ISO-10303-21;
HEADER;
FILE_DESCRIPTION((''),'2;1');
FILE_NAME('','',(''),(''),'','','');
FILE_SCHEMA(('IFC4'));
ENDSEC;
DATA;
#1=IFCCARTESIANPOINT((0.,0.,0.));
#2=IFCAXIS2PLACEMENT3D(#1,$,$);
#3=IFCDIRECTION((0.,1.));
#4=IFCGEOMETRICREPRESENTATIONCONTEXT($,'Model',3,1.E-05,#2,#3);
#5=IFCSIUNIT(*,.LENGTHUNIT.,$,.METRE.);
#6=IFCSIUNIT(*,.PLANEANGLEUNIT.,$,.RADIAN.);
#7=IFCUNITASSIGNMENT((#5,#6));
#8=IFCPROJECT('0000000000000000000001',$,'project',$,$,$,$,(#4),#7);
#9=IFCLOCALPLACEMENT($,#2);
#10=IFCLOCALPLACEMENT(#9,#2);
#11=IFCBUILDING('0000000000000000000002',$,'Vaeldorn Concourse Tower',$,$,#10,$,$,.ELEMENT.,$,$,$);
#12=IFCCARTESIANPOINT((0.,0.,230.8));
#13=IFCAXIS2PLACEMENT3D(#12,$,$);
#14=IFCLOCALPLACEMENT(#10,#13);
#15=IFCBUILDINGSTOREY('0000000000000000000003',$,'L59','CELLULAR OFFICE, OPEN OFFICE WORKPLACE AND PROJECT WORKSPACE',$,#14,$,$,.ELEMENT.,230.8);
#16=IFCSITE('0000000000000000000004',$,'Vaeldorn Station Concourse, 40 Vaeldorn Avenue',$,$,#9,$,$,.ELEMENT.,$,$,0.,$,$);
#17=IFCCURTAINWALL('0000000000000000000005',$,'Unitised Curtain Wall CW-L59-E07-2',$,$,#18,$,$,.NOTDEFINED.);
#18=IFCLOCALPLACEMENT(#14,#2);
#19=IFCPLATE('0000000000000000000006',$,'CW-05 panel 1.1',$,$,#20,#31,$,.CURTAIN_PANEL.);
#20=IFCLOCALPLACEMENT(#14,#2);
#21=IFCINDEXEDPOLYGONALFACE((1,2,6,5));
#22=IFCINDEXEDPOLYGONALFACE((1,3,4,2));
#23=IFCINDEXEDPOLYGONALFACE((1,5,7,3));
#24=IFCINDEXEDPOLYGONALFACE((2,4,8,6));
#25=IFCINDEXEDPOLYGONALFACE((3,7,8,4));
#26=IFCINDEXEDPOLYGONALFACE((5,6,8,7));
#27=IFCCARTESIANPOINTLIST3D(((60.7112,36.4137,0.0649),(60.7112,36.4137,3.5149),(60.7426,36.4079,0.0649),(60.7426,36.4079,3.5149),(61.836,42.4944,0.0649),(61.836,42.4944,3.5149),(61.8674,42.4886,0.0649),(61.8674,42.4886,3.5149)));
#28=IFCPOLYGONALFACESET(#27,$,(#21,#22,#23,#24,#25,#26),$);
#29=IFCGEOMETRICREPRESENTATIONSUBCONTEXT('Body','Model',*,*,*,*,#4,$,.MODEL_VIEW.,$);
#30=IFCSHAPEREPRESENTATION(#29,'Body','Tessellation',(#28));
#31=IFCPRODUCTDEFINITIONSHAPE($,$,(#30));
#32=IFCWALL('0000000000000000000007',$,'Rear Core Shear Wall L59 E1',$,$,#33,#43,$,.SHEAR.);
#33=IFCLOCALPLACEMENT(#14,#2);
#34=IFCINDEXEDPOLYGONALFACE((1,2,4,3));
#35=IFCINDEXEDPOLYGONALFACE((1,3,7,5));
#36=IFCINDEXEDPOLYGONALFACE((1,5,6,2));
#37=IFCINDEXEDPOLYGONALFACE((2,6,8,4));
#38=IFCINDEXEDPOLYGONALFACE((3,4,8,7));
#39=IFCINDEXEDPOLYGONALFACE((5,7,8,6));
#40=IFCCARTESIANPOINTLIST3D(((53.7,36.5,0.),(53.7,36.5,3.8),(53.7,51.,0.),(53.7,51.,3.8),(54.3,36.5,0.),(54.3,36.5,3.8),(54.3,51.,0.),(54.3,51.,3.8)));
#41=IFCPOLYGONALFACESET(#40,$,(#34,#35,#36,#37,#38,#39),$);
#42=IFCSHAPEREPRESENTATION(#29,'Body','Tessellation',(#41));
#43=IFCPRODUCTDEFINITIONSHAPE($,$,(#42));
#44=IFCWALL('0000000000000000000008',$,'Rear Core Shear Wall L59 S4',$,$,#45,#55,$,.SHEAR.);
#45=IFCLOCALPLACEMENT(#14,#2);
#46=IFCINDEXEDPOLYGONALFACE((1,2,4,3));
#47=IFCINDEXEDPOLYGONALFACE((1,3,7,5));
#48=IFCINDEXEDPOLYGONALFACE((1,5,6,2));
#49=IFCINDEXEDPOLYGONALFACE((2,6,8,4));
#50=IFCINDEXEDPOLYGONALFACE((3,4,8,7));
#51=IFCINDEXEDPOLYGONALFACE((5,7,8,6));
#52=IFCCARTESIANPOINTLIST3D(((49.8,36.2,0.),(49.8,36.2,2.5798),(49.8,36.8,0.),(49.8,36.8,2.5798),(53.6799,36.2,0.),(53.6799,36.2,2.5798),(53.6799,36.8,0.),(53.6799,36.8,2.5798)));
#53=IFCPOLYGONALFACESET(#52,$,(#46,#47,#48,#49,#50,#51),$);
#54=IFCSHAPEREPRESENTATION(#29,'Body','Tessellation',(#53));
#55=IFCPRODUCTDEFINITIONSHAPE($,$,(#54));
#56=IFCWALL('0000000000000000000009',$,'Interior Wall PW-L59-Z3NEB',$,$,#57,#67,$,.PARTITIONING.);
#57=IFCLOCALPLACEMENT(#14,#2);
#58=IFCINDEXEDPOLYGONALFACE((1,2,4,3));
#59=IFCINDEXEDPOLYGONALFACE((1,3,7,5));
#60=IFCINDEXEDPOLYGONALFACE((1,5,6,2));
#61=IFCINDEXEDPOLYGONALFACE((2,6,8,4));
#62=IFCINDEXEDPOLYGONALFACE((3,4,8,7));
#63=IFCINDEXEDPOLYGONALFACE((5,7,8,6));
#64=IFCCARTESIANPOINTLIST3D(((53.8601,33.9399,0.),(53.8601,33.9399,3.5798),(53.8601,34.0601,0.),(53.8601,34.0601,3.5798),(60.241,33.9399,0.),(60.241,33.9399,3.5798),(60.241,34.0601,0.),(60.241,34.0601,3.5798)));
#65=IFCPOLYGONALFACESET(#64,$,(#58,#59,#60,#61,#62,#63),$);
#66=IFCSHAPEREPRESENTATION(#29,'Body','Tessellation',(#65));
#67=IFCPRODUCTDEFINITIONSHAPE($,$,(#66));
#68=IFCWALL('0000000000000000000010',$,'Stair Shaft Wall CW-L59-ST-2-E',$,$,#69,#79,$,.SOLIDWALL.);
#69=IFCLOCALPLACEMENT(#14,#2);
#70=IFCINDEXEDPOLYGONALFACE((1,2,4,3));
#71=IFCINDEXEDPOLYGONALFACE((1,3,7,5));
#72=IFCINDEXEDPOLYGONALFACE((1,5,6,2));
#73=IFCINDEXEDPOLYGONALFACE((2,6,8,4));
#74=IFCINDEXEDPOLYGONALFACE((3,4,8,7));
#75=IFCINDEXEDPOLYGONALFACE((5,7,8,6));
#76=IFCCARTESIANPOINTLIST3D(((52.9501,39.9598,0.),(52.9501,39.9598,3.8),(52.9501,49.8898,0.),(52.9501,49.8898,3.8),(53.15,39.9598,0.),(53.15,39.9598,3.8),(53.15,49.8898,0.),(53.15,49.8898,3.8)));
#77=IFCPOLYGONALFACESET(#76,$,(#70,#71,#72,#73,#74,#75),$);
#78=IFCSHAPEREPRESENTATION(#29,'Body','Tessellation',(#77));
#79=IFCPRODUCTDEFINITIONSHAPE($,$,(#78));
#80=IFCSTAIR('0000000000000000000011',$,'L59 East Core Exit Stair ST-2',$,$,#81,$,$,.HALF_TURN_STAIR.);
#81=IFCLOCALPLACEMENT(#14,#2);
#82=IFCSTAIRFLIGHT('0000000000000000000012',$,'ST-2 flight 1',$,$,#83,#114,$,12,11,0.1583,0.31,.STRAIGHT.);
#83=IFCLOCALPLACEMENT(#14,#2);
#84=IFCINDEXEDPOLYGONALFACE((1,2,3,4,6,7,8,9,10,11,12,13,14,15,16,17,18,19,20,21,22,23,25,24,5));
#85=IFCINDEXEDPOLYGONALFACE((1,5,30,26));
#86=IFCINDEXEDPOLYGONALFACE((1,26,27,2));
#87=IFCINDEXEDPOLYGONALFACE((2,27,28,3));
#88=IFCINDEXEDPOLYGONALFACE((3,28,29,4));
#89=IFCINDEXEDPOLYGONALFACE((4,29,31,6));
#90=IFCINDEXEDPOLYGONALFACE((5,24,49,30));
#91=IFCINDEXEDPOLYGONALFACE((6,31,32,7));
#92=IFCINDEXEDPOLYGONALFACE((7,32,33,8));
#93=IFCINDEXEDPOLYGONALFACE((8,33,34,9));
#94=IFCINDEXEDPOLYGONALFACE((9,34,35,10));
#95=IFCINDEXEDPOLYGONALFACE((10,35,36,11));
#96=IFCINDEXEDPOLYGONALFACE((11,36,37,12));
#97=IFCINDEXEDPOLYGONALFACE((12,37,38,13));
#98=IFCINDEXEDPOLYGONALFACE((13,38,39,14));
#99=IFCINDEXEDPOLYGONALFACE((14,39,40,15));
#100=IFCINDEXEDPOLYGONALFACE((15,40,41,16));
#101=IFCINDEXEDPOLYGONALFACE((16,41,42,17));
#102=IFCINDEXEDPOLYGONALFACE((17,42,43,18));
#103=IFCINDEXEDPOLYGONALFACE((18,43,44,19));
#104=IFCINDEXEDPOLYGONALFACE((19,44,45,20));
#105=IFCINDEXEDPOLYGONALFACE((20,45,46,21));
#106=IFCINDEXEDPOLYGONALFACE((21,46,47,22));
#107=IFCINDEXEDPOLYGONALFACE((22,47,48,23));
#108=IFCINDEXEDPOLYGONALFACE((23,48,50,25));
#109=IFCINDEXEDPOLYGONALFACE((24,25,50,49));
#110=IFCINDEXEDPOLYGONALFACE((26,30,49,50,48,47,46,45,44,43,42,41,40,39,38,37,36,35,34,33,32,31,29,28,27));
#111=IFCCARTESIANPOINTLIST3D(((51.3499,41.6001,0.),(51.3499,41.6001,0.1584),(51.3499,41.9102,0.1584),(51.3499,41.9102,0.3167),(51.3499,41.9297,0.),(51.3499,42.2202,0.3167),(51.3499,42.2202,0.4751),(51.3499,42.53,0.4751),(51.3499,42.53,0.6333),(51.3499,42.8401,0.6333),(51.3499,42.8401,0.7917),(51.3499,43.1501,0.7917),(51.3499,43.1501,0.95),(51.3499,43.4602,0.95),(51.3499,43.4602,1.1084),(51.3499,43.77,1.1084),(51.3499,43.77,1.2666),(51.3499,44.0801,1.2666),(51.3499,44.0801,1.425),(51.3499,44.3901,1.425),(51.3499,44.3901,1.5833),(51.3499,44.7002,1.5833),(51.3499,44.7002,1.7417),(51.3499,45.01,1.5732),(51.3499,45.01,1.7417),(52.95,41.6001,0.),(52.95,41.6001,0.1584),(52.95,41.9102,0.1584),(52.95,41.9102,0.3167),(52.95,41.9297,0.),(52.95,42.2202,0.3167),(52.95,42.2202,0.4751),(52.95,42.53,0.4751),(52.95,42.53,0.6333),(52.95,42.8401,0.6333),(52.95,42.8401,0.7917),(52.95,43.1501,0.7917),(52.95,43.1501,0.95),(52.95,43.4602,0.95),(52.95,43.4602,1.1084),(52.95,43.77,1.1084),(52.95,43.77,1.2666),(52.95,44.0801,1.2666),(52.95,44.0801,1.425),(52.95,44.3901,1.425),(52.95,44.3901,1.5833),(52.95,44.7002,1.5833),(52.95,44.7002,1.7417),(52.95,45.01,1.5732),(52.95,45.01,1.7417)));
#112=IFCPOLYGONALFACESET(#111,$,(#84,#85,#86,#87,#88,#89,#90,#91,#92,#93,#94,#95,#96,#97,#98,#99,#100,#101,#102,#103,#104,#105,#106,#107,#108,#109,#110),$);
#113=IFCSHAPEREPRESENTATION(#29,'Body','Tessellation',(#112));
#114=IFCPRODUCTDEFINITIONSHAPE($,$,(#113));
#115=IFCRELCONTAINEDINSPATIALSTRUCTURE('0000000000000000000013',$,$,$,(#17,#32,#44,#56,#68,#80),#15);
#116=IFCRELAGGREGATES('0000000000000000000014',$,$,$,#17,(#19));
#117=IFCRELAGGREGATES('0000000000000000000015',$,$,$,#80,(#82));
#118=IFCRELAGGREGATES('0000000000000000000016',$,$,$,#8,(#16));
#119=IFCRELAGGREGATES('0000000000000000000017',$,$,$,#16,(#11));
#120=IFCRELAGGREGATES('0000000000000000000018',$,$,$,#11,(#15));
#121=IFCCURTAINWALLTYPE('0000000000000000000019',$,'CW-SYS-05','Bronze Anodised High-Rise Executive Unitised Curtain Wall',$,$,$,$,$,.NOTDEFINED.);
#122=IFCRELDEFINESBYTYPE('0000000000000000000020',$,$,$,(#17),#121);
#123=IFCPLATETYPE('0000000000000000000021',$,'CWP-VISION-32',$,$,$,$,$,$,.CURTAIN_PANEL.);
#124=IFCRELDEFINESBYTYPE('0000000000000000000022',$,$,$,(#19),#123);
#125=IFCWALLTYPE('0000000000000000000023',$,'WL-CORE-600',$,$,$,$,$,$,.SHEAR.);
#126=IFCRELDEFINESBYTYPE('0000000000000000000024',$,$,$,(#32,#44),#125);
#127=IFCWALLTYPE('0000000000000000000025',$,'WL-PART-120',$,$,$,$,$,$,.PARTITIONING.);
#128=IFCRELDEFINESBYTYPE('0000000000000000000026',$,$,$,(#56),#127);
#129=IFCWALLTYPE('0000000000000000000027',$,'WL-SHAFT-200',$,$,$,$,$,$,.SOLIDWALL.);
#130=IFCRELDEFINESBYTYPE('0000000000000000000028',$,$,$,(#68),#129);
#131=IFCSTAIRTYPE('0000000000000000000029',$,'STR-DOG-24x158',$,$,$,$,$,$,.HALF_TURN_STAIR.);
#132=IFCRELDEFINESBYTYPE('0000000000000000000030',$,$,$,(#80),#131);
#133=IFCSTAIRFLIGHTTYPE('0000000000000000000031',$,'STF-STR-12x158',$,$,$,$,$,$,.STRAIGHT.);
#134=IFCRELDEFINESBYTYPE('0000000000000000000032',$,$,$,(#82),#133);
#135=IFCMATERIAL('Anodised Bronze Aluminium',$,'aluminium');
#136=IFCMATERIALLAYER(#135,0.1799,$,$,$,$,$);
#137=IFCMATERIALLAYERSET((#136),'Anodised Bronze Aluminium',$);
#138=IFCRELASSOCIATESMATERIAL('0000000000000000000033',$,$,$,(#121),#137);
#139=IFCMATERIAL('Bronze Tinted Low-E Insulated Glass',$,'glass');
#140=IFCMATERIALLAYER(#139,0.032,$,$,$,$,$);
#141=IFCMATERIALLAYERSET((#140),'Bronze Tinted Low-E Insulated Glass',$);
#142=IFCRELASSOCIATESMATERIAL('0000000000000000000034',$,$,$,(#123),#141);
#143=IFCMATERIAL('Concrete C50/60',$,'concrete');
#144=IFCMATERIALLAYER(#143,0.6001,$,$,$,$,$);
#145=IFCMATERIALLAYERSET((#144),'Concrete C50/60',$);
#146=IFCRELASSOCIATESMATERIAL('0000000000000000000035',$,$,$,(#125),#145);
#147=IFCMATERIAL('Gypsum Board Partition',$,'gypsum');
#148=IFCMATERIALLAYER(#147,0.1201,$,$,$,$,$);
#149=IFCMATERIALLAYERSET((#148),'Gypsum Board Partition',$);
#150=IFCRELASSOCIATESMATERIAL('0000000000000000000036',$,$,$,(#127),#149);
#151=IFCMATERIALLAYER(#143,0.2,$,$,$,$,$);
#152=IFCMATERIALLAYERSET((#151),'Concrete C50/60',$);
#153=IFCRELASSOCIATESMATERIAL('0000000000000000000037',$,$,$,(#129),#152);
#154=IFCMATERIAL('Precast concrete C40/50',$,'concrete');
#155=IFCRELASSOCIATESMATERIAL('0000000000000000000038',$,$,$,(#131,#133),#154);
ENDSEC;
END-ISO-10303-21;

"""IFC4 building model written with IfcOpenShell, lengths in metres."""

from ifc_helpers import new_model, si_unit, direction, frame, frame_2d, origin, origin_2d, place, context, subcontext, project, spatial, polyline, rectangle, outline, extrude, source, transform, mapped, material, layer, layer_set, type_object, element, aggregate, save


model = new_model("IFC4")

# Units and contexts
model_context = context("Model", 3, precision=1e-05, world=origin(), true_north=direction((0.0, 1.0)))
body_context = subcontext(model_context, "Body", "Model", "MODEL_VIEW")
ifc_project = project(units=[si_unit("LENGTHUNIT", "METRE"), si_unit("PLANEANGLEUNIT", "RADIAN")], contexts=[model_context])

# Site, building, storey
site_placement = place(None, origin())
site = spatial("IfcSite", under=ifc_project, at=site_placement, Name="Vaeldorn Station Concourse, 40 Vaeldorn Avenue", CompositionType="ELEMENT", RefElevation=0.0)
building_placement = place(site_placement, origin())
building = spatial("IfcBuilding", under=site, at=building_placement, Name="Vaeldorn Concourse Tower", CompositionType="ELEMENT")
storey_placement = place(building_placement, frame((0.0, 0.0, 230.8)))
storey = spatial("IfcBuildingStorey", under=building, at=storey_placement, Name="L59", Description="CELLULAR OFFICE, OPEN OFFICE WORKPLACE AND PROJECT WORKSPACE", CompositionType="ELEMENT", Elevation=230.8)

# Shared definitions
ifc_material_1 = material(Name="Concrete C50/60", Category="concrete")

# Shared definitions
ifc_material_2 = material(Name="Anodised Bronze Aluminium", Category="aluminium")
ifc_layer_1 = layer(ifc_material_2, 0.1799)
ifc_layer_set_1 = layer_set([ifc_layer_1], Name="Anodised Bronze Aluminium")
curtain_wall_type = type_object("IfcCurtainWallType", Name="CW-SYS-05", Description="Bronze Anodised High-Rise Executive Unitised Curtain Wall", PredefinedType="NOTDEFINED", material=ifc_layer_set_1)

# Curtain wall, plate
curtain_wall_1_placement = place(storey_placement, origin())
curtain_wall_1 = element("IfcCurtainWall", 1, at=curtain_wall_1_placement, inside=storey, type_object=curtain_wall_type, Name="Unitised Curtain Wall CW-L59-E07-2", PredefinedType="NOTDEFINED")
ifc_material_3 = material(Name="Bronze Tinted Low-E Insulated Glass", Category="glass")
ifc_layer_2 = layer(ifc_material_3, 0.032)
ifc_layer_set_2 = layer_set([ifc_layer_2], Name="Bronze Tinted Low-E Insulated Glass")
plate_type = type_object("IfcPlateType", Name="CWP-VISION-32", PredefinedType="CURTAIN_PANEL", material=ifc_layer_set_2)
shared_shape_1 = source(origin(), body_context, "Body", "SweptSolid", [
    extrude(rectangle(XDim=6.1838, YDim=0.032, at=origin_2d()), origin(), (0.0, 0.0, 1.0), 3.45),
])
plate_placement = place(storey_placement, frame((61.2893, 39.4512, 0.0649), z_axis=(0.0, 0.0, 1.0), x_axis=(0.181888, 0.983319, 0.0)))
plate = element("IfcPlate", 2, at=plate_placement, type_object=plate_type, Name="CW-05 panel 1.1", PredefinedType="CURTAIN_PANEL", context=body_context, shape_type="MappedRepresentation", body=[
    mapped(shared_shape_1, transform((0.0, 0.0, 0.0), scale=1.0)),
])
aggregate(curtain_wall_1, [plate])

# Walls
ifc_layer_3 = layer(ifc_material_1, 0.6001)
ifc_layer_set_3 = layer_set([ifc_layer_3], Name="Concrete C50/60")
wall_type_1 = type_object("IfcWallType", Name="WL-CORE-600", PredefinedType="SHEAR", material=ifc_layer_set_3)
wall_1_placement = place(storey_placement, frame((54.0, 36.5, 0.0), z_axis=(0.0, 0.0, 1.0), x_axis=(0.0, 1.0, 0.0)))
element("IfcWall", 3, at=wall_1_placement, inside=storey, type_object=wall_type_1, Name="Rear Core Shear Wall L59 E1", PredefinedType="SHEAR", context=body_context, shape_type="SweptSolid", body=[
    extrude(rectangle(XDim=14.5, YDim=0.6001, at=frame_2d((7.25, 0.0))), origin(), (0.0, 0.0, 1.0), 3.8),
])
wall_2_placement = place(storey_placement, frame((49.8, 36.5, 0.0), z_axis=(0.0, 0.0, 1.0), x_axis=(1.0, 0.0, 0.0)))
element("IfcWall", 4, at=wall_2_placement, inside=storey, type_object=wall_type_1, Name="Rear Core Shear Wall L59 S4", PredefinedType="SHEAR", context=body_context, shape_type="SweptSolid", body=[
    extrude(rectangle(XDim=3.8799, YDim=0.6001, at=frame_2d((1.9399, 0.0))), origin(), (0.0, 0.0, 1.0), 2.5798),
])
ifc_material_4 = material(Name="Gypsum Board Partition", Category="gypsum")
ifc_layer_4 = layer(ifc_material_4, 0.1201)
ifc_layer_set_4 = layer_set([ifc_layer_4], Name="Gypsum Board Partition")
wall_type_2 = type_object("IfcWallType", Name="WL-PART-120", PredefinedType="PARTITIONING", material=ifc_layer_set_4)
wall_3_placement = place(storey_placement, frame((53.8601, 34.0, 0.0), z_axis=(0.0, 0.0, 1.0), x_axis=(1.0, 0.0, 0.0)))
element("IfcWall", 5, at=wall_3_placement, inside=storey, type_object=wall_type_2, Name="Interior Wall PW-L59-Z3NEB", PredefinedType="PARTITIONING", context=body_context, shape_type="SweptSolid", body=[
    extrude(rectangle(XDim=6.3809, YDim=0.1201, at=frame_2d((3.1904, 0.0))), origin(), (0.0, 0.0, 1.0), 3.5798),
])
ifc_layer_5 = layer(ifc_material_1, 0.2)
ifc_layer_set_5 = layer_set([ifc_layer_5], Name="Concrete C50/60")
wall_type_3 = type_object("IfcWallType", Name="WL-SHAFT-200", PredefinedType="SOLIDWALL", material=ifc_layer_set_5)
wall_4_placement = place(storey_placement, frame((53.05, 39.96, 0.0), z_axis=(0.0, 0.0, 1.0), x_axis=(0.0, 1.0, 0.0)))
element("IfcWall", 6, at=wall_4_placement, inside=storey, type_object=wall_type_3, Name="Stair Shaft Wall CW-L59-ST-2-E", PredefinedType="SOLIDWALL", context=body_context, shape_type="SweptSolid", body=[
    extrude(rectangle(XDim=9.9299, YDim=0.2, at=frame_2d((4.9648, 0.0))), origin(), (0.0, 0.0, 1.0), 3.8),
])

# Stair, stair flight
ifc_material_5 = material(Name="Precast concrete C40/50", Category="concrete")
stair_type = type_object("IfcStairType", Name="STR-DOG-24x158", PredefinedType="HALF_TURN_STAIR", material=ifc_material_5)
stair_placement = place(storey_placement, origin())
stair = element("IfcStair", 7, at=stair_placement, inside=storey, type_object=stair_type, Name="L59 East Core Exit Stair ST-2", PredefinedType="HALF_TURN_STAIR")
stair_flight_type = type_object("IfcStairFlightType", Name="STF-STR-12x158", PredefinedType="STRAIGHT", material=ifc_material_5)
stair_flight_placement = place(storey_placement, frame((52.1499, 41.6001, 0.0), z_axis=(0.0, 0.0, 1.0), x_axis=(0.0, 1.0, 0.0)))
stair_flight = element("IfcStairFlight", 8, at=stair_flight_placement, type_object=stair_flight_type, Name="ST-2 flight 1", NumberOfRisers=12, NumberOfTreads=11, PredefinedType="STRAIGHT", RiserHeight=0.1583, TreadLength=0.31, context=body_context, shape_type="SweptSolid", body=[
    extrude(outline(polyline([(0.0, 0.0), (0.0, 0.1584), (0.3101, 0.1584), (0.3101, 0.3167), (0.6201, 0.3167), (0.6201, 0.4751), (0.9299, 0.4751), (0.9299, 0.6333), (1.24, 0.6333), (1.24, 0.7917), (1.55, 0.7917), (1.55, 0.95), (1.8601, 0.95), (1.8601, 1.1084), (2.1699, 1.1084), (2.1699, 1.2666), (2.48, 1.2666), (2.48, 1.425), (2.79, 1.425), (2.79, 1.5833), (3.1001, 1.5833), (3.1001, 1.7417), (3.4099, 1.7417), (3.4099, 1.8999), (3.4099, 1.5732), (0.3296, 0.0), (0.0, 0.0)])), frame((0.0, 0.8, 0.0), z_axis=(0.0, -1.0, 0.0), x_axis=(1.0, 0.0, 0.0)), (0.0, 0.0, 1.0), 1.6001),
])
aggregate(stair, [stair_flight])

save(model, "model.ifc")
